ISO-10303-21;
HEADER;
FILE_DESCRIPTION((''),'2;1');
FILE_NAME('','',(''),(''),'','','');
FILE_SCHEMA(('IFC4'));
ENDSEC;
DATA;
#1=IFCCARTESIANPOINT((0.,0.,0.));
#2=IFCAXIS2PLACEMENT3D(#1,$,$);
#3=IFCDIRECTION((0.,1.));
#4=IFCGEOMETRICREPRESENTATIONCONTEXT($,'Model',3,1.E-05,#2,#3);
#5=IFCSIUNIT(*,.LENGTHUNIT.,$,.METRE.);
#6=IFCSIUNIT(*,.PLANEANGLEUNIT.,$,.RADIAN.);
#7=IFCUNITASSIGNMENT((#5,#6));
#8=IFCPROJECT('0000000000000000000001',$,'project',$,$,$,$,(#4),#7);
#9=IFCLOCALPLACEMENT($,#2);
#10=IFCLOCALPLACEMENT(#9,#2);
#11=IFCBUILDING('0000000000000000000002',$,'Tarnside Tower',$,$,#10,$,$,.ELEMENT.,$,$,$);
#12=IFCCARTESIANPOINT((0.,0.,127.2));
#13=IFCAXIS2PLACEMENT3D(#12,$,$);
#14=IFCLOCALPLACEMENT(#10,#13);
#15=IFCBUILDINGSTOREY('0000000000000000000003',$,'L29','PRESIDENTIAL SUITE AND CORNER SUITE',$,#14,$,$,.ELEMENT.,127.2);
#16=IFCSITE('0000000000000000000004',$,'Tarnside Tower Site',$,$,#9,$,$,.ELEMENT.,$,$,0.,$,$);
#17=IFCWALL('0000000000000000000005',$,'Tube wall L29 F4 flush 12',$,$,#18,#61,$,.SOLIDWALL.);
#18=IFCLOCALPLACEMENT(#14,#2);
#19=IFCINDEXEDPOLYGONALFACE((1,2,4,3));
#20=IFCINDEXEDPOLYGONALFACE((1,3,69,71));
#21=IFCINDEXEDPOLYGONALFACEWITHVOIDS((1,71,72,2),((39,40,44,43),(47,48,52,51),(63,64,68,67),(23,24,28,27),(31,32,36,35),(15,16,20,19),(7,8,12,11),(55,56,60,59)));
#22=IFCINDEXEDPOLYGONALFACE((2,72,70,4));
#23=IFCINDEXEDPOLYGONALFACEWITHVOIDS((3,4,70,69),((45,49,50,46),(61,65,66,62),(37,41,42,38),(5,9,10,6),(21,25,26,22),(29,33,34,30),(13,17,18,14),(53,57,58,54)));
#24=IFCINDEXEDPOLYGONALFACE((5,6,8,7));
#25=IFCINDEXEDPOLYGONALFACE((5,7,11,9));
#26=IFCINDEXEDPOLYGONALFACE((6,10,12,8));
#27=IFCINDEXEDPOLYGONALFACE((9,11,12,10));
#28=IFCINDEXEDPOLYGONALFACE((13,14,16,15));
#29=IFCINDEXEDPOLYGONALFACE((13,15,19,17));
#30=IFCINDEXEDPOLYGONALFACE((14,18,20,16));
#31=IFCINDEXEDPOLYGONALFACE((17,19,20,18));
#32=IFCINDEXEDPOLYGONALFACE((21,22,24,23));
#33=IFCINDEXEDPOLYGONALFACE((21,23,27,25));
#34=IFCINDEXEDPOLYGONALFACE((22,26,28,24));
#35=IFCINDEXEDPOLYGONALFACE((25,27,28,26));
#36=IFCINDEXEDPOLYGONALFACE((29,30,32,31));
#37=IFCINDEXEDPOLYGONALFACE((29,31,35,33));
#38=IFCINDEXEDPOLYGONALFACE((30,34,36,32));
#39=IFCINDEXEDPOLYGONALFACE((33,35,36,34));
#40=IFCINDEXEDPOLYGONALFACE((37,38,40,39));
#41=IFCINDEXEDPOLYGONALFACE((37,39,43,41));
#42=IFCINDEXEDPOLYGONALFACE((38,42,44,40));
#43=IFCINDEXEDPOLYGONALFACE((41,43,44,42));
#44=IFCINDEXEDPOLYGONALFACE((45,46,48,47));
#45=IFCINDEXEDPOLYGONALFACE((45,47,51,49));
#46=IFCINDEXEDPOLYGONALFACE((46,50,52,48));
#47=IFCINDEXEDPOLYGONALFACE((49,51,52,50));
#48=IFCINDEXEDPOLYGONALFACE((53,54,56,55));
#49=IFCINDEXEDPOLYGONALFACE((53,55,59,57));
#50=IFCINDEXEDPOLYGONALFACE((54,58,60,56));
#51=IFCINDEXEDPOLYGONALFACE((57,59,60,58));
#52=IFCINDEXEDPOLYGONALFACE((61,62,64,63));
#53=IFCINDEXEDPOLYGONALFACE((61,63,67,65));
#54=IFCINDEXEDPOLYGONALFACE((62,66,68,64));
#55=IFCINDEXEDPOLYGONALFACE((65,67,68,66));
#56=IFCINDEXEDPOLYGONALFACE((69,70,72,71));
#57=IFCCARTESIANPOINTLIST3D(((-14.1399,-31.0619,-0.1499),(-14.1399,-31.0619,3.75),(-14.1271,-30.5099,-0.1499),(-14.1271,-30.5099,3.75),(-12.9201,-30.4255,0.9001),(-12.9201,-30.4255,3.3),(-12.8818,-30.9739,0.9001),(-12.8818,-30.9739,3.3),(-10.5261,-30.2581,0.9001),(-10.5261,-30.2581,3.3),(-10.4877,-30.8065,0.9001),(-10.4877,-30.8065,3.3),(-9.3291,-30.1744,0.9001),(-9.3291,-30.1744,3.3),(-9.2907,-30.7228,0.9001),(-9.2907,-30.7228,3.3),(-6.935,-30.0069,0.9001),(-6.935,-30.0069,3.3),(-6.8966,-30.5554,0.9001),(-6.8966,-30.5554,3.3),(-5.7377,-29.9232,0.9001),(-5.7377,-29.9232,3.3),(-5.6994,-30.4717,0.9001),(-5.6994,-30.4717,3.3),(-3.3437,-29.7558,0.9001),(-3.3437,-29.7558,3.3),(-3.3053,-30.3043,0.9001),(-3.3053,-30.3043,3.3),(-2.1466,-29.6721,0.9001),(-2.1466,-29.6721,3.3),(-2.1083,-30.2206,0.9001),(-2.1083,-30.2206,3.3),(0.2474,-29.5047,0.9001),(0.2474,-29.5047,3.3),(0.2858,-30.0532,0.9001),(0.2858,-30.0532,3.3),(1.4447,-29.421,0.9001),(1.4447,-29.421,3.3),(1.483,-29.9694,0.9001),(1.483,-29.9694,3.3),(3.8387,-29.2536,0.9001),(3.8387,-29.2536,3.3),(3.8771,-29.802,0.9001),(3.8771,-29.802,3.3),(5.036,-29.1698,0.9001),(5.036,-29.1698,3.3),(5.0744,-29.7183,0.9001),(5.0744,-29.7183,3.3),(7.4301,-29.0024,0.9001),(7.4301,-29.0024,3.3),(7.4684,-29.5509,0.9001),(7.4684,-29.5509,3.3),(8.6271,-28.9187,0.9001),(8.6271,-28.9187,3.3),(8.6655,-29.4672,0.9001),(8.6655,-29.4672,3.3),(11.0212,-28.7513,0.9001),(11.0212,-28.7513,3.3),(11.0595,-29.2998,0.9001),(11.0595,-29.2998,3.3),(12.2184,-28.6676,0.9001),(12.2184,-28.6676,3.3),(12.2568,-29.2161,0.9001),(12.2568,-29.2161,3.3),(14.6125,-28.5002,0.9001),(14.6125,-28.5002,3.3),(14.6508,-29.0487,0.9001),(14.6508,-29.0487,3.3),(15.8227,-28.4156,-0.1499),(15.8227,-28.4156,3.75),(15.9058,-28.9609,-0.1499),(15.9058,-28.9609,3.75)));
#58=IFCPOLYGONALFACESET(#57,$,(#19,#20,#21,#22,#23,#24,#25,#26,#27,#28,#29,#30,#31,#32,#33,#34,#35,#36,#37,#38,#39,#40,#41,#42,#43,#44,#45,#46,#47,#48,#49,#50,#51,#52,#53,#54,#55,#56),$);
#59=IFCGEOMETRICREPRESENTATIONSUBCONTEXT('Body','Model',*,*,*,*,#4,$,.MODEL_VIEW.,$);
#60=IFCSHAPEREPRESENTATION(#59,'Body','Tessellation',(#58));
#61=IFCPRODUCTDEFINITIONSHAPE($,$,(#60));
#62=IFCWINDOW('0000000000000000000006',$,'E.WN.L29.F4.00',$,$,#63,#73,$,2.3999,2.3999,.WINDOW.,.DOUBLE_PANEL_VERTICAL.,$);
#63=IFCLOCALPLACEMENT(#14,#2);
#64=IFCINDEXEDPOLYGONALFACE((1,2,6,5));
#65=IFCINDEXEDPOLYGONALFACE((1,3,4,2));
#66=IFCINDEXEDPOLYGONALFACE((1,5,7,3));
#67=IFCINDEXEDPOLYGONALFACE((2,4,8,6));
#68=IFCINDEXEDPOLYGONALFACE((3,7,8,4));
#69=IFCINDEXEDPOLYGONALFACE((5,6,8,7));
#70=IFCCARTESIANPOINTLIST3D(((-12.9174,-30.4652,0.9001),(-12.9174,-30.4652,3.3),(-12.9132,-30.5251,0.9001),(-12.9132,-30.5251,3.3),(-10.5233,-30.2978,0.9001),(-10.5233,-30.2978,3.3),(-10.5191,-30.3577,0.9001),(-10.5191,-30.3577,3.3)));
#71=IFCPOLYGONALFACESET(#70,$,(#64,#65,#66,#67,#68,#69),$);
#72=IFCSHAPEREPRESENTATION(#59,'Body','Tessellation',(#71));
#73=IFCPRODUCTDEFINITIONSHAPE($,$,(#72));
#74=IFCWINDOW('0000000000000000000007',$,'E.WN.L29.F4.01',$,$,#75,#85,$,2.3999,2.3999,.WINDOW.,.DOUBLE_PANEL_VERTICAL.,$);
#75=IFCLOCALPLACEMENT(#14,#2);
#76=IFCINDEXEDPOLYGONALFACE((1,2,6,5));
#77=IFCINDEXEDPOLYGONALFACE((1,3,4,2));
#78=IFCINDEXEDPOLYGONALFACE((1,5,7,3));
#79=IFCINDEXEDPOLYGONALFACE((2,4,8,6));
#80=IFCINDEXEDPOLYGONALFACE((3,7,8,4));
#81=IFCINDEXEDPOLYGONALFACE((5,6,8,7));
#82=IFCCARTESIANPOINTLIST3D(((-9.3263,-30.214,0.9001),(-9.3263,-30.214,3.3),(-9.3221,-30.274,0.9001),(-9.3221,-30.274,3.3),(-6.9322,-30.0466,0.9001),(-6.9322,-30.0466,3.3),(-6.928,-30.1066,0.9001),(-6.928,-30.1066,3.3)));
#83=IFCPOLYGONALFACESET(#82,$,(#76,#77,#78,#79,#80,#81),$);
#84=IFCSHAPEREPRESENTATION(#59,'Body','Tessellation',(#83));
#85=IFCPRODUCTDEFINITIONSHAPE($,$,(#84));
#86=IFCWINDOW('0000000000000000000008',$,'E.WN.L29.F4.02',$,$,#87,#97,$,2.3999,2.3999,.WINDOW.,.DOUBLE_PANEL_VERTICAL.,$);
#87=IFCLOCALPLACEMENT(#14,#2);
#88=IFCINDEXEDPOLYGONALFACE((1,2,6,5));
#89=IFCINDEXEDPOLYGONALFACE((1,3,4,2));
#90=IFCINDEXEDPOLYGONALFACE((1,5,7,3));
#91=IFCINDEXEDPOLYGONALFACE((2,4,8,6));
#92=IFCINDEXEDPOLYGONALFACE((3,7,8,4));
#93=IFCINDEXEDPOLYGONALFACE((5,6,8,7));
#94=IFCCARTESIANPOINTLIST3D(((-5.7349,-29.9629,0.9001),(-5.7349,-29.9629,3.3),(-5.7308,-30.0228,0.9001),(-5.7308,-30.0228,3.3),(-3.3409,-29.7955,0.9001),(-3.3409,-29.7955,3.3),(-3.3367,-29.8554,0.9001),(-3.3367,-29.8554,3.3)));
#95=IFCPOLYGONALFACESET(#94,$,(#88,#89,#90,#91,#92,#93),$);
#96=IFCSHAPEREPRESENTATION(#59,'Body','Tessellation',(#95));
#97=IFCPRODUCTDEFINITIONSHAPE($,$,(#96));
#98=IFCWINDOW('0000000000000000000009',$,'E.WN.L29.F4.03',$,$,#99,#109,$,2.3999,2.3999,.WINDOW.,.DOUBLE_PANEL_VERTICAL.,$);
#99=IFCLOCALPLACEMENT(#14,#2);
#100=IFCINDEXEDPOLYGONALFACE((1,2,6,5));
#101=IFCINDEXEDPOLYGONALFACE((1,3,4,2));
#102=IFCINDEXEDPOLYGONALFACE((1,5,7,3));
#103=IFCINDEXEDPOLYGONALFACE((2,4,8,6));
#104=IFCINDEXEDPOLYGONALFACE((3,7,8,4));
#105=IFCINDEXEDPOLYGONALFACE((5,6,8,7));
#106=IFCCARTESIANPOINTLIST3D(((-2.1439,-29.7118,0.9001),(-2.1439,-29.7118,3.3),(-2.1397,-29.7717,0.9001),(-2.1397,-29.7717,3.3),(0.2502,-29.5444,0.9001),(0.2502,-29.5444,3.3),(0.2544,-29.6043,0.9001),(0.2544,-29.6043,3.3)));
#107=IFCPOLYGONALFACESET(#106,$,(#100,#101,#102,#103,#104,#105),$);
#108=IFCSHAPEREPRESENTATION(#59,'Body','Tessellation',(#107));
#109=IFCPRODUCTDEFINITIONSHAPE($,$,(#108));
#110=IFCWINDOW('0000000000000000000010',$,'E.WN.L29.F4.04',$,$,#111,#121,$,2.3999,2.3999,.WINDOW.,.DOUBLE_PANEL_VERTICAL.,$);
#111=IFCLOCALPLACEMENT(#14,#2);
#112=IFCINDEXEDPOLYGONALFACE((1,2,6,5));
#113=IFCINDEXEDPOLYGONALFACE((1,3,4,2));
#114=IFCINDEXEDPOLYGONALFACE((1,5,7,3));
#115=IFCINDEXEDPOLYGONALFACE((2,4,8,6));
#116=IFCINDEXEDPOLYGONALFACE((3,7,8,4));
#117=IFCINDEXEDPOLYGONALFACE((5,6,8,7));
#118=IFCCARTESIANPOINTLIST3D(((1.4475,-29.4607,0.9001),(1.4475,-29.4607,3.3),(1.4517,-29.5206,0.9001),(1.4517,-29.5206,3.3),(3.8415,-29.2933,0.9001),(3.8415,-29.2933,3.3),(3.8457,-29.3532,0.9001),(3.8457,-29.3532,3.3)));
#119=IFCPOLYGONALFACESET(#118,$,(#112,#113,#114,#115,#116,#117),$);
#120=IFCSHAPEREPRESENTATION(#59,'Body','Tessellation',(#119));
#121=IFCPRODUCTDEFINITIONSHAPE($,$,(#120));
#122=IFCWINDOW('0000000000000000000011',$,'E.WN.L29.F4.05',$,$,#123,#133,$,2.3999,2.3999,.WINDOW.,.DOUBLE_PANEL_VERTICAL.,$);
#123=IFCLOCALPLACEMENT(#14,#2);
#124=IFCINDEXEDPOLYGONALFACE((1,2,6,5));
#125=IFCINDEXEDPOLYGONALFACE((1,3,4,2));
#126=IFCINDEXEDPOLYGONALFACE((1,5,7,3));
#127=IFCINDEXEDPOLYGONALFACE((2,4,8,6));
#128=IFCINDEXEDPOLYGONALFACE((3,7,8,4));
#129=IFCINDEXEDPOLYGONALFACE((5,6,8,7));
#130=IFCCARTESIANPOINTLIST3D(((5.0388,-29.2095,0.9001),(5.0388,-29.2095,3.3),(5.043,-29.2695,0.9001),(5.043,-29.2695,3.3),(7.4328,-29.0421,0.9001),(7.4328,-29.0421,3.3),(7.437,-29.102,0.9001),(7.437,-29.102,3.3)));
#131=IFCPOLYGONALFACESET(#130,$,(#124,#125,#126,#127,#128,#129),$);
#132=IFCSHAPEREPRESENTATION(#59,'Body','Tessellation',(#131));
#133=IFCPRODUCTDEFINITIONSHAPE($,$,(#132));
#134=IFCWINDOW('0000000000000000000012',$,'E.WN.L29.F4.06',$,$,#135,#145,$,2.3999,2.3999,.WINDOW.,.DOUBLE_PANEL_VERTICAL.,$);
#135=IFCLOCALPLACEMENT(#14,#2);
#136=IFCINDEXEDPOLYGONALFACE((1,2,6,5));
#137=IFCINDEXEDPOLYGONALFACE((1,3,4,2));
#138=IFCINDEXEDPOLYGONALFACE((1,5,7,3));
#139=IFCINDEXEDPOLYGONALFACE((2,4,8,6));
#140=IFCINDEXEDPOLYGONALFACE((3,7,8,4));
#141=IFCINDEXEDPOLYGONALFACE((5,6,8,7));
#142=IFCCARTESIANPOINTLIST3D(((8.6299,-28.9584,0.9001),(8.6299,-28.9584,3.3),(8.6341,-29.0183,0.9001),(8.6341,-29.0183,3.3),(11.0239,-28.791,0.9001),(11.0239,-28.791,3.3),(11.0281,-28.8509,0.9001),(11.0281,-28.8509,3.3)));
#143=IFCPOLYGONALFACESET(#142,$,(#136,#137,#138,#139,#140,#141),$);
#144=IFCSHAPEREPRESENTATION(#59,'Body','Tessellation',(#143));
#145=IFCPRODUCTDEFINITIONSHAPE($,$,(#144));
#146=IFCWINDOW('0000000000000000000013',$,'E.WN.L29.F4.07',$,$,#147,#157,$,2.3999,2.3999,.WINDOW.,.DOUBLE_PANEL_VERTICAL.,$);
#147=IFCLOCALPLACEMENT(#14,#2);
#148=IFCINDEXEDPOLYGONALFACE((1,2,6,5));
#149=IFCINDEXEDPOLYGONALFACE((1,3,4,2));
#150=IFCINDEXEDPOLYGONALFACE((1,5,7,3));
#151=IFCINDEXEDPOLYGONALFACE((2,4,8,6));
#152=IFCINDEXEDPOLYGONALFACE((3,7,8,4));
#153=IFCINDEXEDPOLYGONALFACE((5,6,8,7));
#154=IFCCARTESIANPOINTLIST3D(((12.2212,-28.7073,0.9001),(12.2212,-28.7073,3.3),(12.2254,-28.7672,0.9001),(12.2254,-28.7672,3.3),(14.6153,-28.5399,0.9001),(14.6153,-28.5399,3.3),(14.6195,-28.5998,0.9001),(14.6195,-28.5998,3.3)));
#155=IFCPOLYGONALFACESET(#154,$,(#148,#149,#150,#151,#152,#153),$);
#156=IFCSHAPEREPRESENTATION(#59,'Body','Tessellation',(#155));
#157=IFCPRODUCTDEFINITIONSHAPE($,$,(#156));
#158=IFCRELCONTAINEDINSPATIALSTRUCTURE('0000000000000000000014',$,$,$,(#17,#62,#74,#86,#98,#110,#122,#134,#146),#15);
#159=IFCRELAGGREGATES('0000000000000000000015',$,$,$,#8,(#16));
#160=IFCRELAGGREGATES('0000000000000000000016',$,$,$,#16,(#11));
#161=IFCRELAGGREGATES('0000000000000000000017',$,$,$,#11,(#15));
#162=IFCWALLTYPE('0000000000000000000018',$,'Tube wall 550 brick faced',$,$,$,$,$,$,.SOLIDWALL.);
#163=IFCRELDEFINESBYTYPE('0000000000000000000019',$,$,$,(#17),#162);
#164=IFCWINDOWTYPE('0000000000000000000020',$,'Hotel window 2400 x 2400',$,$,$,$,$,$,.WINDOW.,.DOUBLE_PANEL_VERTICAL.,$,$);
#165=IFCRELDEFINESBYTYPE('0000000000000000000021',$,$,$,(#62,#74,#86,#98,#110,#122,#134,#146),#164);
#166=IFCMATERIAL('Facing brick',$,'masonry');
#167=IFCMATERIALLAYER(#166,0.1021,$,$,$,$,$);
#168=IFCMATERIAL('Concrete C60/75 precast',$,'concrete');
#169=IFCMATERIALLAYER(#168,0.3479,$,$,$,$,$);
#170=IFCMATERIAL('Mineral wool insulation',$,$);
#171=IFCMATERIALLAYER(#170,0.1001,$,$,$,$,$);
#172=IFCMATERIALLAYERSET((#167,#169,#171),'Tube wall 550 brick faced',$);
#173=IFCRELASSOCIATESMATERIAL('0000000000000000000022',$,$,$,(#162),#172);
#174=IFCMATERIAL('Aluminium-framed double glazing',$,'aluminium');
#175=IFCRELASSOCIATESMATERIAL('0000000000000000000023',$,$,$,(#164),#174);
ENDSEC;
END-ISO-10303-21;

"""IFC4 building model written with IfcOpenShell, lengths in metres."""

from ifc_helpers import new_model, si_unit, direction, frame, frame_2d, origin, place, context, subcontext, project, spatial, polyline, rectangle, outline, extrude, material, layer, layer_set, type_object, element, fill, save


model = new_model("IFC4")

# Units and contexts
model_context = context("Model", 3, precision=1e-05, world=origin(), true_north=direction((0.0, 1.0)))
body_context = subcontext(model_context, "Body", "Model", "MODEL_VIEW")
ifc_project = project(units=[si_unit("LENGTHUNIT", "METRE"), si_unit("PLANEANGLEUNIT", "RADIAN")], contexts=[model_context])

# Site, building, storey
site_placement = place(None, origin())
site = spatial("IfcSite", under=ifc_project, at=site_placement, Name="Tarnside Tower Site", CompositionType="ELEMENT", RefElevation=0.0)
building_placement = place(site_placement, origin())
building = spatial("IfcBuilding", under=site, at=building_placement, Name="Tarnside Tower", CompositionType="ELEMENT")
storey_placement = place(building_placement, frame((0.0, 0.0, 127.2)))
storey = spatial("IfcBuildingStorey", under=building, at=storey_placement, Name="L29", Description="PRESIDENTIAL SUITE AND CORNER SUITE", CompositionType="ELEMENT", Elevation=127.2)

# Wall, openings, windows
ifc_material_1 = material(Name="Facing brick", Category="masonry")
ifc_layer_1 = layer(ifc_material_1, 0.1021)
ifc_material_2 = material(Name="Concrete C60/75 precast", Category="concrete")
ifc_layer_2 = layer(ifc_material_2, 0.3479)
ifc_material_3 = material(Name="Mineral wool insulation")
ifc_layer_3 = layer(ifc_material_3, 0.1001)
ifc_layer_set_1 = layer_set([ifc_layer_1, ifc_layer_2, ifc_layer_3], Name="Tube wall 550 brick faced")
wall_type_1 = type_object("IfcWallType", Name="Tube wall 550 brick faced", PredefinedType="SOLIDWALL", material=ifc_layer_set_1)
wall_1_placement = place(storey_placement, frame((-14.1335, -30.7859, -0.1499), z_axis=(0.0, 0.0, 1.0), x_axis=(0.997564, 0.069757, 0.0)))
wall_1 = element("IfcWall", 1, at=wall_1_placement, inside=storey, type_object=wall_type_1, Name="Tube wall L29 F4 flush 12", PredefinedType="SOLIDWALL", context=body_context, shape_type="SweptSolid", body=[
    extrude(outline(polyline([(-0.0256, -0.2749), (30.0935, -0.2749), (30.0486, 0.2749), (0.0256, 0.2749), (-0.0256, -0.2749)])), origin(), (0.0, 0.0, 1.0), 3.8999),
])
opening_1_placement = place(wall_1_placement, frame((1.2356, 0.0, 1.05)))
opening_1 = element("IfcOpeningElement", 2, at=opening_1_placement, cuts=wall_1, PredefinedType="OPENING", context=body_context, shape_type="SweptSolid", body=[
    extrude(rectangle(XDim=2.3999, YDim=2.3999, at=frame_2d((1.2, 1.2))), frame((0.0, 0.2852, 0.0), z_axis=(0.0, -1.0, 0.0), x_axis=(1.0, 0.0, 0.0)), (0.0, 0.0, 1.0), 0.5701),
])
opening_2_placement = place(wall_1_placement, frame((4.8354, 0.0, 1.05)))
opening_2 = element("IfcOpeningElement", 3, at=opening_2_placement, cuts=wall_1, PredefinedType="OPENING", context=body_context, shape_type="SweptSolid", body=[
    extrude(rectangle(XDim=2.3999, YDim=2.3999, at=frame_2d((1.2, 1.2))), frame((0.0, 0.2852, 0.0), z_axis=(0.0, -1.0, 0.0), x_axis=(1.0, 0.0, 0.0)), (0.0, 0.0, 1.0), 0.5701),
])
opening_3_placement = place(wall_1_placement, frame((8.4355, 0.0, 1.05)))
opening_3 = element("IfcOpeningElement", 4, at=opening_3_placement, cuts=wall_1, PredefinedType="OPENING", context=body_context, shape_type="SweptSolid", body=[
    extrude(rectangle(XDim=2.3999, YDim=2.3999, at=frame_2d((1.2, 1.2))), frame((0.0, 0.2852, 0.0), z_axis=(0.0, -1.0, 0.0), x_axis=(1.0, 0.0, 0.0)), (0.0, 0.0, 1.0), 0.5701),
])
opening_4_placement = place(wall_1_placement, frame((12.0354, 0.0, 1.05)))
opening_4 = element("IfcOpeningElement", 5, at=opening_4_placement, cuts=wall_1, PredefinedType="OPENING", context=body_context, shape_type="SweptSolid", body=[
    extrude(rectangle(XDim=2.3999, YDim=2.3999, at=frame_2d((1.2, 1.2))), frame((0.0, 0.2852, 0.0), z_axis=(0.0, -1.0, 0.0), x_axis=(1.0, 0.0, 0.0)), (0.0, 0.0, 1.0), 0.5701),
])
opening_5_placement = place(wall_1_placement, frame((15.6355, 0.0, 1.05)))
opening_5 = element("IfcOpeningElement", 6, at=opening_5_placement, cuts=wall_1, PredefinedType="OPENING", context=body_context, shape_type="SweptSolid", body=[
    extrude(rectangle(XDim=2.3999, YDim=2.3999, at=frame_2d((1.2, 1.2))), frame((0.0, 0.2852, 0.0), z_axis=(0.0, -1.0, 0.0), x_axis=(1.0, 0.0, 0.0)), (0.0, 0.0, 1.0), 0.5701),
])
opening_6_placement = place(wall_1_placement, frame((19.2356, 0.0, 1.05)))
opening_6 = element("IfcOpeningElement", 7, at=opening_6_placement, cuts=wall_1, PredefinedType="OPENING", context=body_context, shape_type="SweptSolid", body=[
    extrude(rectangle(XDim=2.3999, YDim=2.3999, at=frame_2d((1.2, 1.2))), frame((0.0, 0.2852, 0.0), z_axis=(0.0, -1.0, 0.0), x_axis=(1.0, 0.0, 0.0)), (0.0, 0.0, 1.0), 0.5701),
])
opening_7_placement = place(wall_1_placement, frame((22.8354, 0.0, 1.05)))
opening_7 = element("IfcOpeningElement", 8, at=opening_7_placement, cuts=wall_1, PredefinedType="OPENING", context=body_context, shape_type="SweptSolid", body=[
    extrude(rectangle(XDim=2.3999, YDim=2.3999, at=frame_2d((1.2, 1.2))), frame((0.0, 0.2852, 0.0), z_axis=(0.0, -1.0, 0.0), x_axis=(1.0, 0.0, 0.0)), (0.0, 0.0, 1.0), 0.5701),
])
opening_8_placement = place(wall_1_placement, frame((26.4355, 0.0, 1.05)))
opening_8 = element("IfcOpeningElement", 9, at=opening_8_placement, cuts=wall_1, PredefinedType="OPENING", context=body_context, shape_type="SweptSolid", body=[
    extrude(rectangle(XDim=2.3999, YDim=2.3999, at=frame_2d((1.2, 1.2))), frame((0.0, 0.2852, 0.0), z_axis=(0.0, -1.0, 0.0), x_axis=(1.0, 0.0, 0.0)), (0.0, 0.0, 1.0), 0.5701),
])
ifc_material_4 = material(Name="Aluminium-framed double glazing", Category="aluminium")
window_type = type_object("IfcWindowType", Name="Hotel window 2400 x 2400", PartitioningType="DOUBLE_PANEL_VERTICAL", PredefinedType="WINDOW", material=ifc_material_4)
window_1_placement = place(opening_1_placement, frame((0.0, 0.2051, 0.0)))
window_1 = element("IfcWindow", 10, at=window_1_placement, inside=storey, type_object=window_type, Name="E.WN.L29.F4.00", OverallHeight=2.3999, OverallWidth=2.3999, PartitioningType="DOUBLE_PANEL_VERTICAL", PredefinedType="WINDOW", context=body_context, shape_type="SweptSolid", body=[
    extrude(rectangle(XDim=2.3999, YDim=2.3999, at=frame_2d((1.2, 1.2))), frame((0.0, 0.03, 0.0), z_axis=(0.0, -1.0, 0.0), x_axis=(1.0, 0.0, 0.0)), (0.0, 0.0, 1.0), 0.0601),
])
fill(opening_1, window_1)
window_2_placement = place(opening_2_placement, frame((0.0, 0.2051, 0.0)))
window_2 = element("IfcWindow", 11, at=window_2_placement, inside=storey, type_object=window_type, Name="E.WN.L29.F4.01", OverallHeight=2.3999, OverallWidth=2.3999, PartitioningType="DOUBLE_PANEL_VERTICAL", PredefinedType="WINDOW", context=body_context, shape_type="SweptSolid", body=[
    extrude(rectangle(XDim=2.3999, YDim=2.3999, at=frame_2d((1.2, 1.2))), frame((0.0, 0.03, 0.0), z_axis=(0.0, -1.0, 0.0), x_axis=(1.0, 0.0, 0.0)), (0.0, 0.0, 1.0), 0.0601),
])
fill(opening_2, window_2)
window_3_placement = place(opening_3_placement, frame((0.0, 0.2051, 0.0)))
window_3 = element("IfcWindow", 12, at=window_3_placement, inside=storey, type_object=window_type, Name="E.WN.L29.F4.02", OverallHeight=2.3999, OverallWidth=2.3999, PartitioningType="DOUBLE_PANEL_VERTICAL", PredefinedType="WINDOW", context=body_context, shape_type="SweptSolid", body=[
    extrude(rectangle(XDim=2.3999, YDim=2.3999, at=frame_2d((1.2, 1.2))), frame((0.0, 0.03, 0.0), z_axis=(0.0, -1.0, 0.0), x_axis=(1.0, 0.0, 0.0)), (0.0, 0.0, 1.0), 0.0601),
])
fill(opening_3, window_3)
window_4_placement = place(opening_4_placement, frame((0.0, 0.2051, 0.0)))
window_4 = element("IfcWindow", 13, at=window_4_placement, inside=storey, type_object=window_type, Name="E.WN.L29.F4.03", OverallHeight=2.3999, OverallWidth=2.3999, PartitioningType="DOUBLE_PANEL_VERTICAL", PredefinedType="WINDOW", context=body_context, shape_type="SweptSolid", body=[
    extrude(rectangle(XDim=2.3999, YDim=2.3999, at=frame_2d((1.2, 1.2))), frame((0.0, 0.03, 0.0), z_axis=(0.0, -1.0, 0.0), x_axis=(1.0, 0.0, 0.0)), (0.0, 0.0, 1.0), 0.0601),
])
fill(opening_4, window_4)
window_5_placement = place(opening_5_placement, frame((0.0, 0.2051, 0.0)))
window_5 = element("IfcWindow", 14, at=window_5_placement, inside=storey, type_object=window_type, Name="E.WN.L29.F4.04", OverallHeight=2.3999, OverallWidth=2.3999, PartitioningType="DOUBLE_PANEL_VERTICAL", PredefinedType="WINDOW", context=body_context, shape_type="SweptSolid", body=[
    extrude(rectangle(XDim=2.3999, YDim=2.3999, at=frame_2d((1.2, 1.2))), frame((0.0, 0.03, 0.0), z_axis=(0.0, -1.0, 0.0), x_axis=(1.0, 0.0, 0.0)), (0.0, 0.0, 1.0), 0.0601),
])
fill(opening_5, window_5)
window_6_placement = place(opening_6_placement, frame((0.0, 0.2051, 0.0)))
window_6 = element("IfcWindow", 15, at=window_6_placement, inside=storey, type_object=window_type, Name="E.WN.L29.F4.05", OverallHeight=2.3999, OverallWidth=2.3999, PartitioningType="DOUBLE_PANEL_VERTICAL", PredefinedType="WINDOW", context=body_context, shape_type="SweptSolid", body=[
    extrude(rectangle(XDim=2.3999, YDim=2.3999, at=frame_2d((1.2, 1.2))), frame((0.0, 0.03, 0.0), z_axis=(0.0, -1.0, 0.0), x_axis=(1.0, 0.0, 0.0)), (0.0, 0.0, 1.0), 0.0601),
])
fill(opening_6, window_6)
window_7_placement = place(opening_7_placement, frame((0.0, 0.2051, 0.0)))
window_7 = element("IfcWindow", 16, at=window_7_placement, inside=storey, type_object=window_type, Name="E.WN.L29.F4.06", OverallHeight=2.3999, OverallWidth=2.3999, PartitioningType="DOUBLE_PANEL_VERTICAL", PredefinedType="WINDOW", context=body_context, shape_type="SweptSolid", body=[
    extrude(rectangle(XDim=2.3999, YDim=2.3999, at=frame_2d((1.2, 1.2))), frame((0.0, 0.03, 0.0), z_axis=(0.0, -1.0, 0.0), x_axis=(1.0, 0.0, 0.0)), (0.0, 0.0, 1.0), 0.0601),
])
fill(opening_7, window_7)
window_8_placement = place(opening_8_placement, frame((0.0, 0.2051, 0.0)))
window_8 = element("IfcWindow", 17, at=window_8_placement, inside=storey, type_object=window_type, Name="E.WN.L29.F4.07", OverallHeight=2.3999, OverallWidth=2.3999, PartitioningType="DOUBLE_PANEL_VERTICAL", PredefinedType="WINDOW", context=body_context, shape_type="SweptSolid", body=[
    extrude(rectangle(XDim=2.3999, YDim=2.3999, at=frame_2d((1.2, 1.2))), frame((0.0, 0.03, 0.0), z_axis=(0.0, -1.0, 0.0), x_axis=(1.0, 0.0, 0.0)), (0.0, 0.0, 1.0), 0.0601),
])
fill(opening_8, window_8)

save(model, "model.ifc")
